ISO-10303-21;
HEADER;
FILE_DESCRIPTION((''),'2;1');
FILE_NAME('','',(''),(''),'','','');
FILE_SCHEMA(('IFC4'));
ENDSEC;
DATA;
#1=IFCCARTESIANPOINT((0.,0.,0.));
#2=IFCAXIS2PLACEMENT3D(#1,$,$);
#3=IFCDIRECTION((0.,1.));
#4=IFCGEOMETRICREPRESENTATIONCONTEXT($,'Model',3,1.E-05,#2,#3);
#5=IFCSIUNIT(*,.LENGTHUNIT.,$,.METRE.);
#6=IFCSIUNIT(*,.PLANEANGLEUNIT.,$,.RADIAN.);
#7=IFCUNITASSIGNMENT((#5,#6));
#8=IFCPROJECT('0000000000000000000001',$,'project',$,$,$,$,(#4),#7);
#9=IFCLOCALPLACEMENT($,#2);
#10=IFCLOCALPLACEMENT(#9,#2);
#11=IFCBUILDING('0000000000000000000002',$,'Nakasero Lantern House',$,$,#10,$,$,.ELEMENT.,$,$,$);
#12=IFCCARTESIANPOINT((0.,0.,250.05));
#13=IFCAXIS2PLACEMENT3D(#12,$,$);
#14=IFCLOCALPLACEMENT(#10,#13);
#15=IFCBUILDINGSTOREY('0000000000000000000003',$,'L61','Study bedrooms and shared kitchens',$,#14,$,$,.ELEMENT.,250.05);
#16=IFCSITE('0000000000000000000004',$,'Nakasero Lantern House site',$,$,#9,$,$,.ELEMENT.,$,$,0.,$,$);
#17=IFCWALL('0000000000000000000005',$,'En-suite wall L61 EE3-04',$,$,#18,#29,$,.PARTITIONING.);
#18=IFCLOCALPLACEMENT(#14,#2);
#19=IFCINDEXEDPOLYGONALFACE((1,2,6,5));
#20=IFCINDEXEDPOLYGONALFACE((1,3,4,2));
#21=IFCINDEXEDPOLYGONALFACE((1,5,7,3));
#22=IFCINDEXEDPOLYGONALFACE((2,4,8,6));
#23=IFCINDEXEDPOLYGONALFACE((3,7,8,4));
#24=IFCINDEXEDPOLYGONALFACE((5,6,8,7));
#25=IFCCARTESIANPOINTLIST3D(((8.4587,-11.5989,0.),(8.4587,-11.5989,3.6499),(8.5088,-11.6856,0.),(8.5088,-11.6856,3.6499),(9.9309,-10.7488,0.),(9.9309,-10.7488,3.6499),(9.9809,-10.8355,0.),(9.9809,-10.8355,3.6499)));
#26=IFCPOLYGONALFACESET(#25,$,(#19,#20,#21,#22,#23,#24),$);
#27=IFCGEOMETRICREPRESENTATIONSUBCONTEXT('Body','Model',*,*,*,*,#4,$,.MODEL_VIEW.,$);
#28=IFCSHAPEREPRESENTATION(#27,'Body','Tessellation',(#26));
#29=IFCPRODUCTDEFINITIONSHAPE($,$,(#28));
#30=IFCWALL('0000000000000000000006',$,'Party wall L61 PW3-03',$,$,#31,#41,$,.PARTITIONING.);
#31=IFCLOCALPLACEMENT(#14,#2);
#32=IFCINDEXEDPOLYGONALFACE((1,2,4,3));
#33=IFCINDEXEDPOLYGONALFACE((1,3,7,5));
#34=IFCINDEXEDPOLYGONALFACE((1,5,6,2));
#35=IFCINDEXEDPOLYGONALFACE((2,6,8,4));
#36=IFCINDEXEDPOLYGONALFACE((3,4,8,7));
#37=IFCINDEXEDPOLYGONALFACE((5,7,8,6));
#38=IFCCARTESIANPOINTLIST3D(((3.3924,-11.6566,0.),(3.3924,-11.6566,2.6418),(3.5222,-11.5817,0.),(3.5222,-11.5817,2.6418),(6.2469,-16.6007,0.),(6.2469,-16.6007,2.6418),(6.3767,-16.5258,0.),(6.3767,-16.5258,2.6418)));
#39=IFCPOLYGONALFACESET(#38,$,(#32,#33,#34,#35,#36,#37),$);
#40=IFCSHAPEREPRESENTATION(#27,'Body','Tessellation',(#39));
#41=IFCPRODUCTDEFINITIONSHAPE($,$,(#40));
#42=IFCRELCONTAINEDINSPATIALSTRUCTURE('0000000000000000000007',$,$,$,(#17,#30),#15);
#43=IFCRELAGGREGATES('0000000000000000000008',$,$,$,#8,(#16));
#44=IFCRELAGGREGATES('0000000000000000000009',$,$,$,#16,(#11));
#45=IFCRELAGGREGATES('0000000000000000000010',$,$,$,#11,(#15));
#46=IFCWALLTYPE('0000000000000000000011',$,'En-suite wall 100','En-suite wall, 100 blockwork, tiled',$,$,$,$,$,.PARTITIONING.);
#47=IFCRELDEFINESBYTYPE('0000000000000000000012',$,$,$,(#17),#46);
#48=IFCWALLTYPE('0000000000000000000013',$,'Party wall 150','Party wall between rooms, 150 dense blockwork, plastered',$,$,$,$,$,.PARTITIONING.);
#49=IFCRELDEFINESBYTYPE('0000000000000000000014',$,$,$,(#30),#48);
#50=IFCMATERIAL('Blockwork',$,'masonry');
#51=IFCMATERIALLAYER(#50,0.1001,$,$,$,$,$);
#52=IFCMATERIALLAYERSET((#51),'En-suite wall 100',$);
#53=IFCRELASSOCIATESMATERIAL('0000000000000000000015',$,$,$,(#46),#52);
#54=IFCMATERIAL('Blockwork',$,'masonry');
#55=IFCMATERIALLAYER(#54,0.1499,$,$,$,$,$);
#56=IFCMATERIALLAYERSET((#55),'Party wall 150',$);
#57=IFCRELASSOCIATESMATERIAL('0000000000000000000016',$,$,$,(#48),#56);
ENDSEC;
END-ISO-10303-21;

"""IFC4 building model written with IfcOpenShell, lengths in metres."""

from ifc_helpers import new_model, si_unit, direction, frame, frame_2d, origin, place, context, subcontext, project, spatial, rectangle, extrude, material, layer, layer_set, type_object, element, save


model = new_model("IFC4")

# Units and contexts
model_context = context("Model", 3, precision=1e-05, world=origin(), true_north=direction((0.0, 1.0)))
body_context = subcontext(model_context, "Body", "Model", "MODEL_VIEW")
ifc_project = project(units=[si_unit("LENGTHUNIT", "METRE"), si_unit("PLANEANGLEUNIT", "RADIAN")], contexts=[model_context])

# Site, building, storey
site_placement = place(None, origin())
site = spatial("IfcSite", under=ifc_project, at=site_placement, Name="Nakasero Lantern House site", CompositionType="ELEMENT", RefElevation=0.0)
building_placement = place(site_placement, origin())
building = spatial("IfcBuilding", under=site, at=building_placement, Name="Nakasero Lantern House", CompositionType="ELEMENT")
storey_placement = place(building_placement, frame((0.0, 0.0, 250.05)))
storey = spatial("IfcBuildingStorey", under=building, at=storey_placement, Name="L61", Description="Study bedrooms and shared kitchens", CompositionType="ELEMENT", Elevation=250.05)

# Walls
ifc_material_1 = material(Name="Blockwork", Category="masonry")
ifc_layer_1 = layer(ifc_material_1, 0.1001)
ifc_layer_set_1 = layer_set([ifc_layer_1], Name="En-suite wall 100")
wall_type_1 = type_object("IfcWallType", Name="En-suite wall 100", Description="En-suite wall, 100 blockwork, tiled", PredefinedType="PARTITIONING", material=ifc_layer_set_1)
wall_1_placement = place(storey_placement, frame((8.4836, -11.6423, 0.0), z_axis=(0.0, 0.0, 1.0), x_axis=(0.865989, 0.500062, 0.0)))
element("IfcWall", 1, at=wall_1_placement, inside=storey, type_object=wall_type_1, Name="En-suite wall L61 EE3-04", PredefinedType="PARTITIONING", context=body_context, shape_type="SweptSolid", body=[
    extrude(rectangle(XDim=1.7, YDim=0.1001, at=frame_2d((0.8501, 0.0))), origin(), (0.0, 0.0, 1.0), 3.6499),
])
ifc_material_2 = material(Name="Blockwork", Category="masonry")
ifc_layer_2 = layer(ifc_material_2, 0.1499)
ifc_layer_set_2 = layer_set([ifc_layer_2], Name="Party wall 150")
wall_type_2 = type_object("IfcWallType", Name="Party wall 150", Description="Party wall between rooms, 150 dense blockwork, plastered", PredefinedType="PARTITIONING", material=ifc_layer_set_2)
wall_2_placement = place(storey_placement, frame((3.4573, -11.6191, 0.0), z_axis=(0.0, 0.0, 1.0), x_axis=(0.500003, -0.866024, 0.0)))
element("IfcWall", 2, at=wall_2_placement, inside=storey, type_object=wall_type_2, Name="Party wall L61 PW3-03", PredefinedType="PARTITIONING", context=body_context, shape_type="SweptSolid", body=[
    extrude(rectangle(XDim=5.709, YDim=0.1499, at=frame_2d((2.8545, 0.0))), origin(), (0.0, 0.0, 1.0), 2.6418),
])

save(model, "model.ifc")
